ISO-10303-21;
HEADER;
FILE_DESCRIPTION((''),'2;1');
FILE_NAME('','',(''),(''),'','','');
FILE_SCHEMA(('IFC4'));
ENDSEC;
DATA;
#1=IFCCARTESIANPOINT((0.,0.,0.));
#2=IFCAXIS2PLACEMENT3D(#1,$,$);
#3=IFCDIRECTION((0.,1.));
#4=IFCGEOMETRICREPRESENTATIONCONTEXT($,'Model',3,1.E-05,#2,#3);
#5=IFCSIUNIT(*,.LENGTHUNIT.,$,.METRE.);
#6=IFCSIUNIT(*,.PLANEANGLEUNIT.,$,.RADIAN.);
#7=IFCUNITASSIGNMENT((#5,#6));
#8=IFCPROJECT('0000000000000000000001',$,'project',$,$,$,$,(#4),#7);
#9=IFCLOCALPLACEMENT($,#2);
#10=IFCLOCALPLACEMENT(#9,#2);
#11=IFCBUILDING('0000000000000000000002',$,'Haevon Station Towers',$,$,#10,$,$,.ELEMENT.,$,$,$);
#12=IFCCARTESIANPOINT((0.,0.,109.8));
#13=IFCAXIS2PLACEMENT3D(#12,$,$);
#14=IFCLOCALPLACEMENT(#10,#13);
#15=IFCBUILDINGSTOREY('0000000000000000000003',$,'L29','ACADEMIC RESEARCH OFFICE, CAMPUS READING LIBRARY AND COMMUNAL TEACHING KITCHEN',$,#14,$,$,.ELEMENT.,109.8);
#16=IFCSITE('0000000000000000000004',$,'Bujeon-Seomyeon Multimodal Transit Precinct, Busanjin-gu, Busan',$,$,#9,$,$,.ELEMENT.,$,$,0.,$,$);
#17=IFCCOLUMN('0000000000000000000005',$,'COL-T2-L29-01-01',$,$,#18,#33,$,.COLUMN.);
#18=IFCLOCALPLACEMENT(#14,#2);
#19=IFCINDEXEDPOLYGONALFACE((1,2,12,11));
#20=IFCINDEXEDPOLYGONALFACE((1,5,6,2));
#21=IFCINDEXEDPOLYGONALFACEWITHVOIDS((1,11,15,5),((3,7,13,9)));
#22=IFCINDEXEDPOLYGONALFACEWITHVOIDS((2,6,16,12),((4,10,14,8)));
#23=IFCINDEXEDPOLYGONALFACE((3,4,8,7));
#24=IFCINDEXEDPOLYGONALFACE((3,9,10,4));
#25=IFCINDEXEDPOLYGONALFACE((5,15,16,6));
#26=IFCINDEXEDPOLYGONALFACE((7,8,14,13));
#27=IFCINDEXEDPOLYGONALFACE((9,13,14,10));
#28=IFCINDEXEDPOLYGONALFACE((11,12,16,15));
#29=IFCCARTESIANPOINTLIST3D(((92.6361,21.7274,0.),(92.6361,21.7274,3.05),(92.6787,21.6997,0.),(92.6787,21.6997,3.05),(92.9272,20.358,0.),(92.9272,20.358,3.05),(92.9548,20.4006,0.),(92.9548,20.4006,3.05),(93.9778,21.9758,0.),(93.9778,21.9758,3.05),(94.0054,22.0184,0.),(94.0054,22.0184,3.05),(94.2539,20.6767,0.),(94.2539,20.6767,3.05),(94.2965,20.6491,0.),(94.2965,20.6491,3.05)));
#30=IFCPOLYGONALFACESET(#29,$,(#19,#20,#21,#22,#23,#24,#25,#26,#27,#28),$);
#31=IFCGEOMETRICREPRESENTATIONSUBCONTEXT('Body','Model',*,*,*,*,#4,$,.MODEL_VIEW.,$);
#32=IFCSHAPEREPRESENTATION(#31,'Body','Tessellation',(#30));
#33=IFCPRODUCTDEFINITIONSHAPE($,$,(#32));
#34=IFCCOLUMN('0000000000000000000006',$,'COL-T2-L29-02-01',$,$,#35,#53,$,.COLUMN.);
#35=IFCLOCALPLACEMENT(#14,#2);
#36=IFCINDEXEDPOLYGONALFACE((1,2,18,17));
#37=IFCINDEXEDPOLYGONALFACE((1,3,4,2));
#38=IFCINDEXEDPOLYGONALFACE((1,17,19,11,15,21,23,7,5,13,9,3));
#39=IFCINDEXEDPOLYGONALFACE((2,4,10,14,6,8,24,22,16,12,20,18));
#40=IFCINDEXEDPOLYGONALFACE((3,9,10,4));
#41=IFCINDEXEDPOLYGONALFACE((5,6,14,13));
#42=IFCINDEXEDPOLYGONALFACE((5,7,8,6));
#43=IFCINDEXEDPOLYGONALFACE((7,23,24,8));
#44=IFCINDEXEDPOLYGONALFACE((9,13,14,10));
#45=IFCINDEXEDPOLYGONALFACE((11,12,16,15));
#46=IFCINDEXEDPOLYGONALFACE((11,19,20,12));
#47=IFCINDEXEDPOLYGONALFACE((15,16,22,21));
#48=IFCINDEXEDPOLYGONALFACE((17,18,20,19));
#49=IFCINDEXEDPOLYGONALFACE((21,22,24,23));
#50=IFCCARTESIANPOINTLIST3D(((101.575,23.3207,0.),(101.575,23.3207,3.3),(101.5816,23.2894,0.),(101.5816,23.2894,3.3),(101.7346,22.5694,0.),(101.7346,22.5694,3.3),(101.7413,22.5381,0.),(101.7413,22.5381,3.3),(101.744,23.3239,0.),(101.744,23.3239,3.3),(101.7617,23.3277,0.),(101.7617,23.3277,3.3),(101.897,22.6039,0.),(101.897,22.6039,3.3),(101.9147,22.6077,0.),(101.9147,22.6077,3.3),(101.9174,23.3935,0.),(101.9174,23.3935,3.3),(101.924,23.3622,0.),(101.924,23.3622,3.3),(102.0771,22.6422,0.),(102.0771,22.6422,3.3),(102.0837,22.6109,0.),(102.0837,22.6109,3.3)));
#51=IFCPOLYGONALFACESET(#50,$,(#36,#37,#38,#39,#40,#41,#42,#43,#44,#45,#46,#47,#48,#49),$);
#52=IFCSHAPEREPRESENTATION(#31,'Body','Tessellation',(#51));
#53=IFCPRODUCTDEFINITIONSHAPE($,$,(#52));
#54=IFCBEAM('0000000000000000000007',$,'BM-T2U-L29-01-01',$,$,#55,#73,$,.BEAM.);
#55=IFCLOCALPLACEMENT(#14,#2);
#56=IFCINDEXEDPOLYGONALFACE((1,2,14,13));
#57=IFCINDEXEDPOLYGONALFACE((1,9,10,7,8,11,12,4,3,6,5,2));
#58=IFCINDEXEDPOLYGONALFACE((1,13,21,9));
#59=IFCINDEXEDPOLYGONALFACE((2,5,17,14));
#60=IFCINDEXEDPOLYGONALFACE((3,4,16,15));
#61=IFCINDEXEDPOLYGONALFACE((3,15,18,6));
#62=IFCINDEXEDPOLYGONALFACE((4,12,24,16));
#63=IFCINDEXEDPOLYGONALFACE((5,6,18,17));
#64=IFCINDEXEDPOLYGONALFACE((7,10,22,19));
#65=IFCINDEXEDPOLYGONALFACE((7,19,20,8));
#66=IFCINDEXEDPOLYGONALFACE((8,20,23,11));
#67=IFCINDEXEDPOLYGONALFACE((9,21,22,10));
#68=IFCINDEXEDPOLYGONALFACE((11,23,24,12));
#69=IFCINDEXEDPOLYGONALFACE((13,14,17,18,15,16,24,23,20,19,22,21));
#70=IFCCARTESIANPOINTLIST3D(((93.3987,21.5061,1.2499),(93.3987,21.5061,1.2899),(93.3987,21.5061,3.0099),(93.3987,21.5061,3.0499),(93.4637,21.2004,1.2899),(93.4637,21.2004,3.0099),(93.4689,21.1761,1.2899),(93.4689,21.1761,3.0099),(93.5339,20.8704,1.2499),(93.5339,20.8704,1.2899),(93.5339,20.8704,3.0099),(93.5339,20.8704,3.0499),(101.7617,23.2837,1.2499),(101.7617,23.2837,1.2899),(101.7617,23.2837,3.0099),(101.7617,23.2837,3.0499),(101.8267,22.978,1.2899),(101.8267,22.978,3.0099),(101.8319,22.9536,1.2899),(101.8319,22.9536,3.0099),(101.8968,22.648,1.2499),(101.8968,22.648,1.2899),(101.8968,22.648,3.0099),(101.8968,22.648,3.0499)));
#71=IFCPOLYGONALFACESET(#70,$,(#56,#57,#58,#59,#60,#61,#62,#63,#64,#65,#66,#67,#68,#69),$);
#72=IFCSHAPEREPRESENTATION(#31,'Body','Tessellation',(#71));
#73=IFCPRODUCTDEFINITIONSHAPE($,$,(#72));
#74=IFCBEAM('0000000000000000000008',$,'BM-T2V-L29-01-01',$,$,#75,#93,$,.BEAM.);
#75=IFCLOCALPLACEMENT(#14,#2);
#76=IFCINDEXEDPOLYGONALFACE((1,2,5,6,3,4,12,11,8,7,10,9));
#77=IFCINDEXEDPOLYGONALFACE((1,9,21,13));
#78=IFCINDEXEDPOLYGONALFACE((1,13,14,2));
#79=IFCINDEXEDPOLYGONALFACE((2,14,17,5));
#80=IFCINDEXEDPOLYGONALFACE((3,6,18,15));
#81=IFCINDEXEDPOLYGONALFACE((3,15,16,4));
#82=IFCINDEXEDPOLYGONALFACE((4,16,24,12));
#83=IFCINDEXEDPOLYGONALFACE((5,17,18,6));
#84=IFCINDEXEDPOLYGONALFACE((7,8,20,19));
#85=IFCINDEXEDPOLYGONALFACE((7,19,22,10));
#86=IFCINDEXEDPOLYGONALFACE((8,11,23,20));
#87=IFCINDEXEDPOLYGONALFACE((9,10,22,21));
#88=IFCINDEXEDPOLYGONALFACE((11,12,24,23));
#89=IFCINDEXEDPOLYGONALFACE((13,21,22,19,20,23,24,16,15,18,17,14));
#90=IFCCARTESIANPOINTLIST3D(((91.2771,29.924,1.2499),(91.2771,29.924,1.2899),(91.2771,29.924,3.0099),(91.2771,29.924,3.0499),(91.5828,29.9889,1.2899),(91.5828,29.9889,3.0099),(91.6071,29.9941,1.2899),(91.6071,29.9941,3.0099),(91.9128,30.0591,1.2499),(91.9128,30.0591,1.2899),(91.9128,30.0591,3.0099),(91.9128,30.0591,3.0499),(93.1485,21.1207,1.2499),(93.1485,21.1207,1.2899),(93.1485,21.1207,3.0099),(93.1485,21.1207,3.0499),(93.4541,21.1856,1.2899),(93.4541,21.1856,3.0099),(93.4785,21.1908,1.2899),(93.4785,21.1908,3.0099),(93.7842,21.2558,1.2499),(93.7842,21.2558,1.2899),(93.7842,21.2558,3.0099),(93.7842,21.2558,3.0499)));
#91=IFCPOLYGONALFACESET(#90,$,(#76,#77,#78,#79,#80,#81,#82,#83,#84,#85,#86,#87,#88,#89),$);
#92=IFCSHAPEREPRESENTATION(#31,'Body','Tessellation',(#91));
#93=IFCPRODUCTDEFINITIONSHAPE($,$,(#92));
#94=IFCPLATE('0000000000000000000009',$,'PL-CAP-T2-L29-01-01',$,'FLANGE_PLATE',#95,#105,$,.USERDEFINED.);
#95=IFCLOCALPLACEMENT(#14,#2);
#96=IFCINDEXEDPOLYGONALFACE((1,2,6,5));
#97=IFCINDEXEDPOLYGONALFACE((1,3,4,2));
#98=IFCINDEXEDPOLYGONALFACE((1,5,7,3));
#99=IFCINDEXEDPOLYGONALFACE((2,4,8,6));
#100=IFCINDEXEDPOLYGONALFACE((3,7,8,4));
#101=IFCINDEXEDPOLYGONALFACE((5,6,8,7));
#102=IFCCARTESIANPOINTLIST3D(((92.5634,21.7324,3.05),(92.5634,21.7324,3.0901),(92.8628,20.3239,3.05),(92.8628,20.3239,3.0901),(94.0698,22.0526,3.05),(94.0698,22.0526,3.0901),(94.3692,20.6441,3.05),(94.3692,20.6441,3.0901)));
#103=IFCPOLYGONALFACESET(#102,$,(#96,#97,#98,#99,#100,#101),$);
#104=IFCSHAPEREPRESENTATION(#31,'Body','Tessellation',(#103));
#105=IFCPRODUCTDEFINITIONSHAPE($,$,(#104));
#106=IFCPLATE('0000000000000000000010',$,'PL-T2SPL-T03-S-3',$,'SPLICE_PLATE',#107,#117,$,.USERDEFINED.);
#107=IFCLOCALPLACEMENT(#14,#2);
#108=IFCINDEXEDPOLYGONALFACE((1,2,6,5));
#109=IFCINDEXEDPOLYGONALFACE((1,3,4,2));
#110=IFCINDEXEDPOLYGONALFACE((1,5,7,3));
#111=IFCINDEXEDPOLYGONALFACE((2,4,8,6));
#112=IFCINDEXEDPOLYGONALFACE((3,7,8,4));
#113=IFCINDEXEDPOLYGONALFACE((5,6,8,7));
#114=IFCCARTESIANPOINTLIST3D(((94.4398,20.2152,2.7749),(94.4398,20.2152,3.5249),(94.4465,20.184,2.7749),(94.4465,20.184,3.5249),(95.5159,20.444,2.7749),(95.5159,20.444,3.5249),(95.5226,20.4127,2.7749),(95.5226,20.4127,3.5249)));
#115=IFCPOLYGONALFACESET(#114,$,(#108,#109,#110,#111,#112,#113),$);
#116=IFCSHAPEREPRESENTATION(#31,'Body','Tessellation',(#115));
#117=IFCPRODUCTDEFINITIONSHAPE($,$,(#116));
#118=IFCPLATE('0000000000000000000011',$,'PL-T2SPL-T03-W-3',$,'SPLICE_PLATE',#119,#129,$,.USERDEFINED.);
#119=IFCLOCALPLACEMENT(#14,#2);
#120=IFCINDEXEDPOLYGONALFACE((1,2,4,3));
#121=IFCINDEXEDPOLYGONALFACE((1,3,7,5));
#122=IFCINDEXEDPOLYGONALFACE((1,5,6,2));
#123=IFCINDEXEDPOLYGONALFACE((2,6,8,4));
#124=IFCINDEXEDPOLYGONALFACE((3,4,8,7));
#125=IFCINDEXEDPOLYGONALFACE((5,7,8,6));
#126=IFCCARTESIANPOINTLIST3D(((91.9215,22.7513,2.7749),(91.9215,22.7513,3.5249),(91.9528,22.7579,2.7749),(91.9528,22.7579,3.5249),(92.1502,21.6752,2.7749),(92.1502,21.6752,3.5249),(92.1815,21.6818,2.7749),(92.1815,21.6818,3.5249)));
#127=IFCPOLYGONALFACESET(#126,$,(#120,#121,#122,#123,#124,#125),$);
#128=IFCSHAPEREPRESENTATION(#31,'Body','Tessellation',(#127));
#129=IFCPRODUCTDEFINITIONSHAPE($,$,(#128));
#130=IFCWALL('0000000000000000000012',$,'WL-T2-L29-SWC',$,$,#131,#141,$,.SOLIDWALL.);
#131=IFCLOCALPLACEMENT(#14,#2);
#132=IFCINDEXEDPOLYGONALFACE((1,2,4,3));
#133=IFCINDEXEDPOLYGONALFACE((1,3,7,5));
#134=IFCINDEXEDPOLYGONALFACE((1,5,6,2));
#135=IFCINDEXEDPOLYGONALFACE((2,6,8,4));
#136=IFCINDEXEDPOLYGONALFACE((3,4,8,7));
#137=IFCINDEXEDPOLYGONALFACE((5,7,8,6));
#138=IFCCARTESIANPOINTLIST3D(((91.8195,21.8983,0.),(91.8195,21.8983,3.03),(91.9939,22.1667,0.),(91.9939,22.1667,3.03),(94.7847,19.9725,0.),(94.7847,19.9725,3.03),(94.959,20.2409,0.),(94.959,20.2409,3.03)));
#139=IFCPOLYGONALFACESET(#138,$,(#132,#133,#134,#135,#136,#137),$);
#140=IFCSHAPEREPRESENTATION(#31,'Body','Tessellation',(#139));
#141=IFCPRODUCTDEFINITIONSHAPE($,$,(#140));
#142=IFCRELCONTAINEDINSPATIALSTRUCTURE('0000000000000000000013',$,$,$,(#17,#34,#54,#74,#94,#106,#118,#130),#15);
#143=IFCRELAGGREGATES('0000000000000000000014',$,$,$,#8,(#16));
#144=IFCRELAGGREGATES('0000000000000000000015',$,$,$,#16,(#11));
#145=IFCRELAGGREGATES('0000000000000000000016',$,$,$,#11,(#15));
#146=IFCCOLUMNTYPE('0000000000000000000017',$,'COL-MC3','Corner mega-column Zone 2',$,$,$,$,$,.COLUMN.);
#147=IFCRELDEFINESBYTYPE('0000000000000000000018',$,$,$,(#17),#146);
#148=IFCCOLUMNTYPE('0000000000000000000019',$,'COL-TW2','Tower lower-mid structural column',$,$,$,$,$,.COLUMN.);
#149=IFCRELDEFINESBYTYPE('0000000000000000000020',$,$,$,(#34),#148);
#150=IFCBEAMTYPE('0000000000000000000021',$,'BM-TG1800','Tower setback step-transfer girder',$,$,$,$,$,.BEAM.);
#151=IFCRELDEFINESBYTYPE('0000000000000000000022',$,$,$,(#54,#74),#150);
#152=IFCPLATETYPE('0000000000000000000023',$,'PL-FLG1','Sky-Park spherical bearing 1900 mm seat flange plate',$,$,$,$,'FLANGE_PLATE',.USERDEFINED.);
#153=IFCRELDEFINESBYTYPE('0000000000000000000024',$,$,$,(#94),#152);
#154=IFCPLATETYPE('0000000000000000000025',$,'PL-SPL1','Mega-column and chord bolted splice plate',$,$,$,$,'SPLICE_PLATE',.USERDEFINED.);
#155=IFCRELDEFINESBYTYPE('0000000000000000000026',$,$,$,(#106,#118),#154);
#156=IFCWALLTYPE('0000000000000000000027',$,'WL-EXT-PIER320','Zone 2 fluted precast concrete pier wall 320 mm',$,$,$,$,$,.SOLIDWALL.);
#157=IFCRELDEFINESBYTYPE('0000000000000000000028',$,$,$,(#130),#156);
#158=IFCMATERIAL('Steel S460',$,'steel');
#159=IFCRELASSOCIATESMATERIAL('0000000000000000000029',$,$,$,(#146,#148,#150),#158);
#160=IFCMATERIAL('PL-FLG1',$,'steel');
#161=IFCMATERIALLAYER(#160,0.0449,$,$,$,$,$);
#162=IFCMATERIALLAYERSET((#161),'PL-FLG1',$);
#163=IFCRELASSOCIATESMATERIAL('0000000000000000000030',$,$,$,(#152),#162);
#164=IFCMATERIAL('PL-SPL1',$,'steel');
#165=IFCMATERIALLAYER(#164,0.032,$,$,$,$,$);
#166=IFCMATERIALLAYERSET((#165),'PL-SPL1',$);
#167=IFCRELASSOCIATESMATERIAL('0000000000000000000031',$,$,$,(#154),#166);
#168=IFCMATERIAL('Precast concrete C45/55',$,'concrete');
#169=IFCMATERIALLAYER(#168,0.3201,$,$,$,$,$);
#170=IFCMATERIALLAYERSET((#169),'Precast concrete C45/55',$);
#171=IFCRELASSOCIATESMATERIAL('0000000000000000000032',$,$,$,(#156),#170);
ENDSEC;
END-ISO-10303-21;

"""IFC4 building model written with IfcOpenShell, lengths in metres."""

from ifc_helpers import new_model, si_unit, direction, frame, frame_2d, origin, origin_2d, place, context, subcontext, project, spatial, rectangle, hollow_rectangle, i_section, extrude, material, layer, layer_set, material_profile, profile_set, type_object, element, save


model = new_model("IFC4")

# Units and contexts
model_context = context("Model", 3, precision=1e-05, world=origin(), true_north=direction((0.0, 1.0)))
body_context = subcontext(model_context, "Body", "Model", "MODEL_VIEW")
ifc_project = project(units=[si_unit("LENGTHUNIT", "METRE"), si_unit("PLANEANGLEUNIT", "RADIAN")], contexts=[model_context])

# Site, building, storey
site_placement = place(None, origin())
site = spatial("IfcSite", under=ifc_project, at=site_placement, Name="Bujeon-Seomyeon Multimodal Transit Precinct, Busanjin-gu, Busan", CompositionType="ELEMENT", RefElevation=0.0)
building_placement = place(site_placement, origin())
building = spatial("IfcBuilding", under=site, at=building_placement, Name="Haevon Station Towers", CompositionType="ELEMENT")
storey_placement = place(building_placement, frame((0.0, 0.0, 109.8)))
storey = spatial("IfcBuildingStorey", under=building, at=storey_placement, Name="L29", Description="ACADEMIC RESEARCH OFFICE, CAMPUS READING LIBRARY AND COMMUNAL TEACHING KITCHEN", CompositionType="ELEMENT", Elevation=109.8)

# Columns
ifc_material_1 = material(Name="Steel S460", Category="steel")
ifc_material_profile_1 = material_profile(ifc_material_1, hollow_rectangle(XDim=1.3999, YDim=1.3999, WallThickness=0.0359, at=origin_2d()), Name="BOX-1400x1400x36")
ifc_profile_set_1 = profile_set([ifc_material_profile_1], Name="Steel S460")
column_type_1 = type_object("IfcColumnType", Name="COL-MC3", Description="Corner mega-column Zone 2", PredefinedType="COLUMN", material=ifc_profile_set_1)
column_1_placement = place(storey_placement, frame((93.4663, 21.1882, 0.0), z_axis=(0.0, 0.0, 1.0), x_axis=(0.978148, 0.207912, 0.0)))
element("IfcColumn", 1, at=column_1_placement, inside=storey, type_object=column_type_1, Name="COL-T2-L29-01-01", PredefinedType="COLUMN", context=body_context, shape_type="SweptSolid", body=[
    extrude(hollow_rectangle(XDim=1.3999, YDim=1.3999, WallThickness=0.0359, at=origin_2d()), origin(), (0.0, 0.0, 1.0), 3.05),
])
ifc_material_profile_2 = material_profile(ifc_material_1, i_section(OverallWidth=0.3501, OverallDepth=0.8, WebThickness=0.0181, FlangeThickness=0.032, at=origin_2d()), Name="H-800x350x18x32")
ifc_profile_set_2 = profile_set([ifc_material_profile_2], Name="Steel S460")
column_type_2 = type_object("IfcColumnType", Name="COL-TW2", Description="Tower lower-mid structural column", PredefinedType="COLUMN", material=ifc_profile_set_2)
column_2_placement = place(storey_placement, frame((101.8293, 22.9658, 0.0), z_axis=(0.0, 0.0, 1.0), x_axis=(0.978148, 0.207912, 0.0)))
element("IfcColumn", 2, at=column_2_placement, inside=storey, type_object=column_type_2, Name="COL-T2-L29-02-01", PredefinedType="COLUMN", context=body_context, shape_type="SweptSolid", body=[
    extrude(i_section(OverallWidth=0.3501, OverallDepth=0.8, WebThickness=0.0181, FlangeThickness=0.032, at=origin_2d()), origin(), (0.0, 0.0, 1.0), 3.3),
])

# Beams
ifc_material_profile_3 = material_profile(ifc_material_1, i_section(OverallWidth=0.6499, OverallDepth=1.8, WebThickness=0.0249, FlangeThickness=0.04, at=origin_2d()), Name="H-1800x650x25x40")
ifc_profile_set_3 = profile_set([ifc_material_profile_3], Name="Steel S460")
beam_type = type_object("IfcBeamType", Name="BM-TG1800", Description="Tower setback step-transfer girder", PredefinedType="BEAM", material=ifc_profile_set_3)
beam_1_placement = place(storey_placement, frame((93.4663, 21.1882, 2.1499), z_axis=(0.978148, 0.207908, 0.0), x_axis=(-0.207908, 0.978148, 0.0)))
element("IfcBeam", 3, at=beam_1_placement, inside=storey, type_object=beam_type, Name="BM-T2U-L29-01-01", PredefinedType="BEAM", context=body_context, shape_type="SweptSolid", body=[
    extrude(i_section(OverallWidth=0.6499, OverallDepth=1.8, WebThickness=0.0249, FlangeThickness=0.04, at=origin_2d()), origin(), (0.0, 0.0, 1.0), 8.5498),
])
beam_2_placement = place(storey_placement, frame((93.4663, 21.1882, 2.1499), z_axis=(-0.207928, 0.978144, 0.0), x_axis=(-0.978144, -0.207928, 0.0)))
element("IfcBeam", 4, at=beam_2_placement, inside=storey, type_object=beam_type, Name="BM-T2V-L29-01-01", PredefinedType="BEAM", context=body_context, shape_type="SweptSolid", body=[
    extrude(i_section(OverallWidth=0.6499, OverallDepth=1.8, WebThickness=0.0249, FlangeThickness=0.04, at=origin_2d()), origin(), (0.0, 0.0, 1.0), 9.0),
])

# Plates
ifc_material_2 = material(Name="PL-FLG1", Category="steel")
ifc_layer_1 = layer(ifc_material_2, 0.0449)
ifc_layer_set_1 = layer_set([ifc_layer_1], Name="PL-FLG1")
plate_type_1 = type_object("IfcPlateType", Name="PL-FLG1", Description="Sky-Park spherical bearing 1900 mm seat flange plate", ElementType="FLANGE_PLATE", PredefinedType="USERDEFINED", material=ifc_layer_set_1)
plate_placement = place(storey_placement, frame((93.4663, 21.1882, 3.05), z_axis=(0.0, 0.0, 1.0), x_axis=(0.978148, 0.207912, 0.0)))
element("IfcPlate", 5, at=plate_placement, inside=storey, type_object=plate_type_1, Name="PL-CAP-T2-L29-01-01", ObjectType="FLANGE_PLATE", PredefinedType="USERDEFINED", context=body_context, shape_type="SweptSolid", body=[
    extrude(rectangle(XDim=1.54, YDim=1.4399, at=origin_2d()), origin(), (0.0, 0.0, 1.0), 0.04),
])
ifc_material_3 = material(Name="PL-SPL1", Category="steel")
ifc_layer_2 = layer(ifc_material_3, 0.032)
ifc_layer_set_2 = layer_set([ifc_layer_2], Name="PL-SPL1")
plate_type_2 = type_object("IfcPlateType", Name="PL-SPL1", Description="Mega-column and chord bolted splice plate", ElementType="SPLICE_PLATE", PredefinedType="USERDEFINED", material=ifc_layer_set_2)
for number, where, z_axis, x_axis, name in (
    (6, (94.9812, 20.314, 2.7749), (0.0, 0.0, 1.0), (0.978148, 0.207912, 0.0), "PL-T2SPL-T03-S-3"),
    (7, (92.0515, 22.2166, 2.7749), (0.0, 0.0, 1.0), (-0.207912, 0.978148, 0.0), "PL-T2SPL-T03-W-3"),
):
    element("IfcPlate", number, at=place(storey_placement, frame(where, z_axis=z_axis, x_axis=x_axis)), inside=storey, type_object=plate_type_2, Name=name, ObjectType="SPLICE_PLATE", PredefinedType="USERDEFINED", context=body_context, shape_type="SweptSolid", body=[
        extrude(rectangle(XDim=1.1001, YDim=0.032, at=origin_2d()), origin(), (0.0, 0.0, 1.0), 0.75),
    ])

# Wall
ifc_material_4 = material(Name="Precast concrete C45/55", Category="concrete")
ifc_layer_3 = layer(ifc_material_4, 0.3201)
ifc_layer_set_3 = layer_set([ifc_layer_3], Name="Precast concrete C45/55")
wall_type_1 = type_object("IfcWallType", Name="WL-EXT-PIER320", Description="Zone 2 fluted precast concrete pier wall 320 mm", PredefinedType="SOLIDWALL", material=ifc_layer_set_3)
wall_1_placement = place(storey_placement, frame((94.8718, 20.1067, 0.0), z_axis=(0.0, 0.0, 1.0), x_axis=(-0.838641, 0.544685, 0.0)))
element("IfcWall", 8, at=wall_1_placement, inside=storey, type_object=wall_type_1, Name="WL-T2-L29-SWC", PredefinedType="SOLIDWALL", context=body_context, shape_type="SweptSolid", body=[
    extrude(rectangle(XDim=3.5356, YDim=0.3201, at=frame_2d((1.7678, 0.0))), origin(), (0.0, 0.0, 1.0), 3.03),
])

save(model, "model.ifc")
